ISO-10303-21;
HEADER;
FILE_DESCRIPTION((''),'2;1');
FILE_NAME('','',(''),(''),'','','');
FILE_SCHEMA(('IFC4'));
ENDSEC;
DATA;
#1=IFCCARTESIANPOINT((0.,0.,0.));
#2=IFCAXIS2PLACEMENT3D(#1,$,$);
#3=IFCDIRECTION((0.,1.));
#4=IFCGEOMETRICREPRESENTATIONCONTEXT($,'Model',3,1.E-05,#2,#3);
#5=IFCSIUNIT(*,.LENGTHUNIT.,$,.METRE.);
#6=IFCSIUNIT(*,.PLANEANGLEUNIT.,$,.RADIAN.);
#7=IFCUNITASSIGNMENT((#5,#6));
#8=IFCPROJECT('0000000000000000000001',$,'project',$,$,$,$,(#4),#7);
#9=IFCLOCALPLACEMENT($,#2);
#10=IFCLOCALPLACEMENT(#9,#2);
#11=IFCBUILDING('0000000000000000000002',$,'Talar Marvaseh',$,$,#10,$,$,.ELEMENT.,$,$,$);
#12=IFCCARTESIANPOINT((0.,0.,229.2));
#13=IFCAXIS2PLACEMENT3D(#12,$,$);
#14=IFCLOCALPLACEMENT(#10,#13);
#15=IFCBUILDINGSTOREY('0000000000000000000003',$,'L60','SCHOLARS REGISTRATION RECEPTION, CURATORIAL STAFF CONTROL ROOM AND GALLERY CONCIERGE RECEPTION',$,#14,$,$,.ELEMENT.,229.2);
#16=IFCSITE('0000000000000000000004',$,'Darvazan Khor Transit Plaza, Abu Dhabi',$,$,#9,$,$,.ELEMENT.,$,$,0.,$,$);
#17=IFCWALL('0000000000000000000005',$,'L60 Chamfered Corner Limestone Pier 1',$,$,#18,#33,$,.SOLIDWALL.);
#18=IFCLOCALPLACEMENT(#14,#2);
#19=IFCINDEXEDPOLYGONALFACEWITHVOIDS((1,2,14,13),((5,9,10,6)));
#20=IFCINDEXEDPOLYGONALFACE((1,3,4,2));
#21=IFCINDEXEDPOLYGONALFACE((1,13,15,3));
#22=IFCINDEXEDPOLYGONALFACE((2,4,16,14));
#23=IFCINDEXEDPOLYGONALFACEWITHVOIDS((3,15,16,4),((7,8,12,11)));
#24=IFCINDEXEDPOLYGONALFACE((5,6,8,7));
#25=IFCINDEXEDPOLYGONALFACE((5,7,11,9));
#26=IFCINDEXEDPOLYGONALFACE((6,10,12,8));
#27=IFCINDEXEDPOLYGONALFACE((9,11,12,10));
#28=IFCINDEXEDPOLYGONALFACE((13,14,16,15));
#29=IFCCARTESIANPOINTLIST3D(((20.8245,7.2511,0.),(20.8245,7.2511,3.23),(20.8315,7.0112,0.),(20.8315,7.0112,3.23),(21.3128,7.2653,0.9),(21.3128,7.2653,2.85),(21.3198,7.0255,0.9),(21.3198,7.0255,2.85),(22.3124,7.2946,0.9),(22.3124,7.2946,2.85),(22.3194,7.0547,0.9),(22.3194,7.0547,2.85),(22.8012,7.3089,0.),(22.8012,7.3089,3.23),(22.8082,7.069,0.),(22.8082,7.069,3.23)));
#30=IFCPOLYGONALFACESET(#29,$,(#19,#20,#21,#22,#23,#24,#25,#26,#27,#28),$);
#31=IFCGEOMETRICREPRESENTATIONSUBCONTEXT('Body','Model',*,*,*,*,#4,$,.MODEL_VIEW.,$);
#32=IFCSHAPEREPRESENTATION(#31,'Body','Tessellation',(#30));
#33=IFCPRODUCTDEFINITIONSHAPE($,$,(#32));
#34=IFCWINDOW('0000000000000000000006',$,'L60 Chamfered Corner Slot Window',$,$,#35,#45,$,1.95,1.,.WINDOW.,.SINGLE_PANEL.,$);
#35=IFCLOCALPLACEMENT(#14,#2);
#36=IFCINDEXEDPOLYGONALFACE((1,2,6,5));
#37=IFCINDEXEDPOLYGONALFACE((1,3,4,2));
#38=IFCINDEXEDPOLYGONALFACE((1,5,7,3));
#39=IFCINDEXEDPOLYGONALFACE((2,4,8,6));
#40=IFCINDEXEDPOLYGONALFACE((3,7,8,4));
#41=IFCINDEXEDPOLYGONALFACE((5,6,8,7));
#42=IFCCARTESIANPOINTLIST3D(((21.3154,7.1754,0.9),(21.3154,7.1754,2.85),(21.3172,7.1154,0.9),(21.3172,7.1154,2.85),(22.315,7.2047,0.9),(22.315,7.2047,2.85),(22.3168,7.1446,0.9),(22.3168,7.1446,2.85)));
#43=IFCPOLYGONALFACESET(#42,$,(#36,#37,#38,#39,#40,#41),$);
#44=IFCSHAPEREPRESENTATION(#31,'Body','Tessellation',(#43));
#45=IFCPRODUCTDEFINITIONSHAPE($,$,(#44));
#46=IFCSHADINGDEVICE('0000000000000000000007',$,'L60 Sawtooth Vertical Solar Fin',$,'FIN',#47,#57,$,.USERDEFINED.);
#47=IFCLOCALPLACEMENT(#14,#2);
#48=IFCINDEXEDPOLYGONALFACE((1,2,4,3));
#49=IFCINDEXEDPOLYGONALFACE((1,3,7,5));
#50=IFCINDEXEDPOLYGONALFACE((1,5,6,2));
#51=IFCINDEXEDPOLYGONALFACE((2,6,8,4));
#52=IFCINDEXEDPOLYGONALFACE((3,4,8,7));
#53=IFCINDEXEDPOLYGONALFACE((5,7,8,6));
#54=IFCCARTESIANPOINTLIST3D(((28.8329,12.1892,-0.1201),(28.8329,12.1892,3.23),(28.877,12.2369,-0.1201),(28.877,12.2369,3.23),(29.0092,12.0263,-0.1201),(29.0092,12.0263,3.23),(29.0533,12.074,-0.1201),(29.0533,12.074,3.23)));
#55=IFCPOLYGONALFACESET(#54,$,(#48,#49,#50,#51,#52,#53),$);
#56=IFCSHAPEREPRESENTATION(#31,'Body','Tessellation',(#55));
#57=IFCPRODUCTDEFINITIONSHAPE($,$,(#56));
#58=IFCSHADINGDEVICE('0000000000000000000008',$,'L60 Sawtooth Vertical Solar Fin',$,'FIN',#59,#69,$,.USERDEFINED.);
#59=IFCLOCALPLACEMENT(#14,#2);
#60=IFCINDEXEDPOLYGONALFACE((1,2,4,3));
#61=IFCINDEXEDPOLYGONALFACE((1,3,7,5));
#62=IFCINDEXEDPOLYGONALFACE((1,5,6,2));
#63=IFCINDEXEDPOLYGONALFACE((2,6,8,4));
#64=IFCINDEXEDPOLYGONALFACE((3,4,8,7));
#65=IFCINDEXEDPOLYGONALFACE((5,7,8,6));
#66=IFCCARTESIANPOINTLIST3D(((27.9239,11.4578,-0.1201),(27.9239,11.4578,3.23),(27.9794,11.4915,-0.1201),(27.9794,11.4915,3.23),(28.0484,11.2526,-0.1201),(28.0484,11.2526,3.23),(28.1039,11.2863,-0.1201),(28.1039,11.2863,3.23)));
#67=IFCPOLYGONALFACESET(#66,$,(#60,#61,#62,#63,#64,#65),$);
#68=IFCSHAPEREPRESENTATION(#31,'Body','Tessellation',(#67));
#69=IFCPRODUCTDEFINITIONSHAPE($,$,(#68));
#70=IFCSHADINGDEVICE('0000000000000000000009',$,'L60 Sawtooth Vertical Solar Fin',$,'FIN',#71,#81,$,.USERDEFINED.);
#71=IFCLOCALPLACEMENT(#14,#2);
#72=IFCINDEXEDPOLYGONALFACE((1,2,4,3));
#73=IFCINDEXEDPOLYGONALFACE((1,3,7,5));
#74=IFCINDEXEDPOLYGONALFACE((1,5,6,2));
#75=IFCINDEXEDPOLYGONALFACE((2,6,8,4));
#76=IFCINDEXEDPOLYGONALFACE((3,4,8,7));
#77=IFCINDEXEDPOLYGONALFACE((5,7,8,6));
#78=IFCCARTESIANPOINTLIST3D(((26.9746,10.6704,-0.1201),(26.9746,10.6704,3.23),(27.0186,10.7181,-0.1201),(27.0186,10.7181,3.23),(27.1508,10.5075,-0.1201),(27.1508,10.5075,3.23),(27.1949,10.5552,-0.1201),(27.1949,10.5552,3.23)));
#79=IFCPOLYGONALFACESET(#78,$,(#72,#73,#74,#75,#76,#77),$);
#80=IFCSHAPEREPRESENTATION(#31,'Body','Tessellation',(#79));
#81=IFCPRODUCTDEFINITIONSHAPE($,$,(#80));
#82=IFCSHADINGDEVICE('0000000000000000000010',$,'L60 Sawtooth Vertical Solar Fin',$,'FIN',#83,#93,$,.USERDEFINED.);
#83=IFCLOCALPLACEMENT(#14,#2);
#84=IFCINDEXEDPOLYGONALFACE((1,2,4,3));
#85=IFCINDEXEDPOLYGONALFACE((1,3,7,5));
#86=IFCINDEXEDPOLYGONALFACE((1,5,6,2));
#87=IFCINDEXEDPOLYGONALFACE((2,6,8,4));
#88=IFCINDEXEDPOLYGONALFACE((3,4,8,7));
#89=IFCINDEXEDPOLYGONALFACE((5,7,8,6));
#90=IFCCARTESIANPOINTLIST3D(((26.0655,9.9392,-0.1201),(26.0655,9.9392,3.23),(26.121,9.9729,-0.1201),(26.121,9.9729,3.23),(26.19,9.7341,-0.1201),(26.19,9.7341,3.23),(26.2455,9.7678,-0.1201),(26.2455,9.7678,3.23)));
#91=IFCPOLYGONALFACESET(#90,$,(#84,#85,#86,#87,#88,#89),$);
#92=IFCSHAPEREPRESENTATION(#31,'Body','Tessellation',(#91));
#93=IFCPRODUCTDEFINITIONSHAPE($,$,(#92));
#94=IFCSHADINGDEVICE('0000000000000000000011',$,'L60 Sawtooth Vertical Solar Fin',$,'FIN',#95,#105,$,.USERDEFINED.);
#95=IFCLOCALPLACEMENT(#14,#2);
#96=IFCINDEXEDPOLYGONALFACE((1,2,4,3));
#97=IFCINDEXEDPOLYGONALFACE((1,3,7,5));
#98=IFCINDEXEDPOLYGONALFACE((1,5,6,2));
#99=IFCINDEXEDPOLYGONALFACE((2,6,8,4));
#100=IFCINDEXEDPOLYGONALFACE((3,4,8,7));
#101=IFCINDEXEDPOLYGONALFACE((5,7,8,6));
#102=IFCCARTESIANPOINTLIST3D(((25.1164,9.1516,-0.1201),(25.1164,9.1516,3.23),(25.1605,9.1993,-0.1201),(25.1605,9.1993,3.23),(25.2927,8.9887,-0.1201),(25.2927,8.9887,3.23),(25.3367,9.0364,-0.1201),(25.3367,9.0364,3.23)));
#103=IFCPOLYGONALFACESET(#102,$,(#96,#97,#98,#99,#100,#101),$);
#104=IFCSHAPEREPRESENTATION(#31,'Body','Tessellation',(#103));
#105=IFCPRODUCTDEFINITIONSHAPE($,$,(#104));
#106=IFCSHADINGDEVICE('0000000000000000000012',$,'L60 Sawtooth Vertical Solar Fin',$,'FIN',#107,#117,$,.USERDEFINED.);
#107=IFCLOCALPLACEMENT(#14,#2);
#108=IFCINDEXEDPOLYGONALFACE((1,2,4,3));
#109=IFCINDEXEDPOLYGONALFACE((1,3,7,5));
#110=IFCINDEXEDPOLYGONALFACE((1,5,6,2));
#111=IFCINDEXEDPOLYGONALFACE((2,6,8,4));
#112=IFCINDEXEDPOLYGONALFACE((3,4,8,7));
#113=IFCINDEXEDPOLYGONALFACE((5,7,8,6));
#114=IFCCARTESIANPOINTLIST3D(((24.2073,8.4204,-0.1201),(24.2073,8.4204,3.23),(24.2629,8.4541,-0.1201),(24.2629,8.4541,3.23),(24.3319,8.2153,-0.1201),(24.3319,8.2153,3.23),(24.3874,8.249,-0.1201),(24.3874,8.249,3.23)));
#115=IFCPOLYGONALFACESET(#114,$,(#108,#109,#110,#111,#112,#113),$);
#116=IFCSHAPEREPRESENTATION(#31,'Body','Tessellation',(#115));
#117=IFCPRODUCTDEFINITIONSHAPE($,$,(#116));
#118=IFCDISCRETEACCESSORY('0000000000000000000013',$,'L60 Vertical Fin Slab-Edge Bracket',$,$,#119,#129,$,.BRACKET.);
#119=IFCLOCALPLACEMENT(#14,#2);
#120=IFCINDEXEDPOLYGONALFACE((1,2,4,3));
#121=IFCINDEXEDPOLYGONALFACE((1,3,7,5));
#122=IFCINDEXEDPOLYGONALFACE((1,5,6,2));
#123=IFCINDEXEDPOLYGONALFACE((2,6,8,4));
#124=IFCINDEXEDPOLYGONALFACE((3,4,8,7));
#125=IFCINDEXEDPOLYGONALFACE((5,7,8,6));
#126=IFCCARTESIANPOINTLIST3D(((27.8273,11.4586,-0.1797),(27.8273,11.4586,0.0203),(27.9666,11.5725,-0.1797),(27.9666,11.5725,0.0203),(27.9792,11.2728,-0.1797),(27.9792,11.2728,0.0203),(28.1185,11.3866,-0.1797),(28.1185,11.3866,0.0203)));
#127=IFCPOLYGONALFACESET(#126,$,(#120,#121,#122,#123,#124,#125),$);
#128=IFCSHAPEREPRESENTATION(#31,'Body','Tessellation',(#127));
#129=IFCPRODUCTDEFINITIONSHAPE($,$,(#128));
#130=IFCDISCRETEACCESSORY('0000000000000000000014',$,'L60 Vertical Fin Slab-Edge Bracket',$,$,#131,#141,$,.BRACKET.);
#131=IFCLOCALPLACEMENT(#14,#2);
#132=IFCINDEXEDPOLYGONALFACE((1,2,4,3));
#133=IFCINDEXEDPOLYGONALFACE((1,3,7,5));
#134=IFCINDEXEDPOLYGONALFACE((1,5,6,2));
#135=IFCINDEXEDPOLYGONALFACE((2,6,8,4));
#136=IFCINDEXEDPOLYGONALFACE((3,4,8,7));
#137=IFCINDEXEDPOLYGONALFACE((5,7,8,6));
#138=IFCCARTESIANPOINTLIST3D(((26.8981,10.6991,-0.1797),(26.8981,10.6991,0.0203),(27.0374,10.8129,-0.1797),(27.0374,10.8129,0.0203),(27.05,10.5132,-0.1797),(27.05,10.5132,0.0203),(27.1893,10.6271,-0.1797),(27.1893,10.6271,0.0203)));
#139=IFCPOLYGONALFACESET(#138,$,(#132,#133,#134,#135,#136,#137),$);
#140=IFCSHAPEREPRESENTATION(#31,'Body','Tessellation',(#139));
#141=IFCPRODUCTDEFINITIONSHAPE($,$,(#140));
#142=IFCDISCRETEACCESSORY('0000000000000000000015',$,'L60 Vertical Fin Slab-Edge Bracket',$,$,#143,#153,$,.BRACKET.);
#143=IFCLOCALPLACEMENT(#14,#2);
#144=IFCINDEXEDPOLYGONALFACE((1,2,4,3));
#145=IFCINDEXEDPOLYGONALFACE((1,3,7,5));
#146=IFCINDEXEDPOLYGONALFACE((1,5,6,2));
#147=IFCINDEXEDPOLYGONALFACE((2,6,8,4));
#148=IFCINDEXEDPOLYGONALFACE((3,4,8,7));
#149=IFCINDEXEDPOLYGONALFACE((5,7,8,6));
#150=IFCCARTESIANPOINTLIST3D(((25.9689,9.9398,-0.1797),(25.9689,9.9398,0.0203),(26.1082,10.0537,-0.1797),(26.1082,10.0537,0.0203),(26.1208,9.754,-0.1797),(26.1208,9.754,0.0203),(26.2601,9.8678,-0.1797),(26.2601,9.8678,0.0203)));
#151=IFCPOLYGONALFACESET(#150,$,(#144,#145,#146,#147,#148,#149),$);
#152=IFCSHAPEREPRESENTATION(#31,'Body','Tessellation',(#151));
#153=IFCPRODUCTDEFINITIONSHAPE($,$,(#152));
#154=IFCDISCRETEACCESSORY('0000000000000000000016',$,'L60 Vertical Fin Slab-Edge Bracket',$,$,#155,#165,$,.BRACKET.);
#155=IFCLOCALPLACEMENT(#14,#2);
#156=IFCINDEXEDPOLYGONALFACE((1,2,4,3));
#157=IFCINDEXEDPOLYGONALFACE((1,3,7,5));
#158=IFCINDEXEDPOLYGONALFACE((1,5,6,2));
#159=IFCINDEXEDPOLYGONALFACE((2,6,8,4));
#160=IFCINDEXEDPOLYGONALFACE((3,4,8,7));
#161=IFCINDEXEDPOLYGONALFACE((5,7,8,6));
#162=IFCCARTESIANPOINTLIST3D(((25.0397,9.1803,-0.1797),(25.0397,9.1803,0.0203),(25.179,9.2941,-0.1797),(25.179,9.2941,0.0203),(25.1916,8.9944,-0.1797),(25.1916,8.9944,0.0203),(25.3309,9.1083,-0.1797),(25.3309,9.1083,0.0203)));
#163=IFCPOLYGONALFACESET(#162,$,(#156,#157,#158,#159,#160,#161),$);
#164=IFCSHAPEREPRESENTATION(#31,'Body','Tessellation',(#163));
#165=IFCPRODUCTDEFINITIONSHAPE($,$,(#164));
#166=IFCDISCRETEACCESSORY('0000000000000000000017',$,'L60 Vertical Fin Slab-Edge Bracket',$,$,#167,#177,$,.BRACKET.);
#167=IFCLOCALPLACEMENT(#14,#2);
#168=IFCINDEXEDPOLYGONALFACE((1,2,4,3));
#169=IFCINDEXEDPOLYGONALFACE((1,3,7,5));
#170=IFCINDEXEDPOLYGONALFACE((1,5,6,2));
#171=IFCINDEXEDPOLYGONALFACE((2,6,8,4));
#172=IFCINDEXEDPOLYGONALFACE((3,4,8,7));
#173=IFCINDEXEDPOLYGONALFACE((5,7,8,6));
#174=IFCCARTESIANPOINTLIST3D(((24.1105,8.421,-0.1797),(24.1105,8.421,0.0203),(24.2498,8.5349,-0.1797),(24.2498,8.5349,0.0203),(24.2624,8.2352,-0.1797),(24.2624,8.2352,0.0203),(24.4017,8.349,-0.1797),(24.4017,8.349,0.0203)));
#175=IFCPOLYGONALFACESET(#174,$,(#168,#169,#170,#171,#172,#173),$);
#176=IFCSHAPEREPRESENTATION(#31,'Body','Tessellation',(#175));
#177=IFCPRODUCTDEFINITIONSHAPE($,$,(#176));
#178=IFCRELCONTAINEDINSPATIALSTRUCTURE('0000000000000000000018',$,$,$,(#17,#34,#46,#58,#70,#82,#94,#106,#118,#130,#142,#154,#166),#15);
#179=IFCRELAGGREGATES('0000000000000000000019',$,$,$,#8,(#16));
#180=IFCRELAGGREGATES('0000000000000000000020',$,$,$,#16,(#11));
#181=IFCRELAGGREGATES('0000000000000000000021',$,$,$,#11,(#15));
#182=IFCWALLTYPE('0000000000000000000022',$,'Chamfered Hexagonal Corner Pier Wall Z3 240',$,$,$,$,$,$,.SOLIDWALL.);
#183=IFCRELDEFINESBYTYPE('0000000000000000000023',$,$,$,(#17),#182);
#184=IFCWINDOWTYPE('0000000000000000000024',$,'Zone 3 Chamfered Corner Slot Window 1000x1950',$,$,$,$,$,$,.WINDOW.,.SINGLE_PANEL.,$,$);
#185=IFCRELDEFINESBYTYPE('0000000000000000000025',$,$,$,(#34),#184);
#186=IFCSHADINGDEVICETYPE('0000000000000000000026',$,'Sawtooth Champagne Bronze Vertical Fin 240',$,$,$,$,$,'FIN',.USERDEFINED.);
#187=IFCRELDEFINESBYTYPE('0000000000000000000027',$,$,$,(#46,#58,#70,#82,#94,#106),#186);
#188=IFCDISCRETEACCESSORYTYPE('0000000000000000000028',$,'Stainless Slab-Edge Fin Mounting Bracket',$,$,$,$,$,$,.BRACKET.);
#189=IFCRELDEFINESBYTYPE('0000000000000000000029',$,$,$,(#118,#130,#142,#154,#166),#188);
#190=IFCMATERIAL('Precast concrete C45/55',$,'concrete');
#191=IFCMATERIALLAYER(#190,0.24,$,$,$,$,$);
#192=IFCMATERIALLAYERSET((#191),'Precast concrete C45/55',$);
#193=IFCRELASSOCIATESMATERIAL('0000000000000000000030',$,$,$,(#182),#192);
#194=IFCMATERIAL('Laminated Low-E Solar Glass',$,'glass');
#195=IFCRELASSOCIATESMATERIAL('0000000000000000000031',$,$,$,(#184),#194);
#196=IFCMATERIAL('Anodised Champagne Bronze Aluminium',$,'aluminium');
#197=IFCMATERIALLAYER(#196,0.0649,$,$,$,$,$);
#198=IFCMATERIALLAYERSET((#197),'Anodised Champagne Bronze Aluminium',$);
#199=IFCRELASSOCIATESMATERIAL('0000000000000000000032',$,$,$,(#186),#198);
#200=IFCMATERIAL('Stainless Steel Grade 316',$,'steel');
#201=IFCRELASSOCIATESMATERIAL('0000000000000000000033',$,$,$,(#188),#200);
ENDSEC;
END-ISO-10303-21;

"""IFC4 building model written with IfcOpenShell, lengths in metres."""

from ifc_helpers import new_model, si_unit, direction, frame, frame_2d, origin, origin_2d, place, context, subcontext, project, spatial, rectangle, extrude, source, transform, mapped, material, layer, layer_set, type_object, type_shapes, element, fill, save


model = new_model("IFC4")

# Units and contexts
model_context = context("Model", 3, precision=1e-05, world=origin(), true_north=direction((0.0, 1.0)))
body_context = subcontext(model_context, "Body", "Model", "MODEL_VIEW")
ifc_project = project(units=[si_unit("LENGTHUNIT", "METRE"), si_unit("PLANEANGLEUNIT", "RADIAN")], contexts=[model_context])

# Site, building, storey
site_placement = place(None, origin())
site = spatial("IfcSite", under=ifc_project, at=site_placement, Name="Darvazan Khor Transit Plaza, Abu Dhabi", CompositionType="ELEMENT", RefElevation=0.0)
building_placement = place(site_placement, origin())
building = spatial("IfcBuilding", under=site, at=building_placement, Name="Talar Marvaseh", CompositionType="ELEMENT")
storey_placement = place(building_placement, frame((0.0, 0.0, 229.2)))
storey = spatial("IfcBuildingStorey", under=building, at=storey_placement, Name="L60", Description="SCHOLARS REGISTRATION RECEPTION, CURATORIAL STAFF CONTROL ROOM AND GALLERY CONCIERGE RECEPTION", CompositionType="ELEMENT", Elevation=229.2)

# Shared definitions
ifc_material_1 = material(Name="Laminated Low-E Solar Glass", Category="glass")

# Wall, opening, window
ifc_material_2 = material(Name="Precast concrete C45/55", Category="concrete")
ifc_layer_1 = layer(ifc_material_2, 0.24)
ifc_layer_set_1 = layer_set([ifc_layer_1], Name="Precast concrete C45/55")
wall_type = type_object("IfcWallType", Name="Chamfered Hexagonal Corner Pier Wall Z3 240", PredefinedType="SOLIDWALL", material=ifc_layer_set_1)
wall_placement = place(storey_placement, frame((22.8047, 7.189, 0.0), z_axis=(0.0, 0.0, 1.0), x_axis=(-0.999572, -0.029258, 0.0)))
wall = element("IfcWall", 1, at=wall_placement, inside=storey, type_object=wall_type, Name="L60 Chamfered Corner Limestone Pier 1", PredefinedType="SOLIDWALL", context=body_context, shape_type="SweptSolid", body=[
    extrude(rectangle(XDim=1.9775, YDim=0.24, at=frame_2d((0.9888, 0.0))), origin(), (0.0, 0.0, 1.0), 3.23),
])
opening_placement = place(wall_placement, frame((0.489, 0.0, 0.8999)))
opening = element("IfcOpeningElement", 2, at=opening_placement, cuts=wall, PredefinedType="OPENING", context=body_context, shape_type="SweptSolid", body=[
    extrude(rectangle(XDim=1.0, YDim=1.95, at=frame_2d((0.5, 0.9751))), frame((0.0, 0.1299, 0.0), z_axis=(0.0, -1.0, 0.0), x_axis=(1.0, 0.0, 0.0)), (0.0, 0.0, 1.0), 0.26),
])
window_type = type_object("IfcWindowType", Name="Zone 3 Chamfered Corner Slot Window 1000x1950", PartitioningType="SINGLE_PANEL", PredefinedType="WINDOW", material=ifc_material_1)
shared_shape_1 = source(origin(), body_context, "Body", "SweptSolid", [
    extrude(rectangle(XDim=1.0, YDim=1.95, at=frame_2d((0.5, 0.9751))), frame((0.0, 0.03, 0.0), z_axis=(0.0, -1.0, 0.0), x_axis=(1.0, 0.0, 0.0)), (0.0, 0.0, 1.0), 0.0601),
])
type_shapes(window_type, [shared_shape_1])
window_placement = place(opening_placement, origin())
window = element("IfcWindow", 3, at=window_placement, inside=storey, type_object=window_type, Name="L60 Chamfered Corner Slot Window", OverallHeight=1.95, OverallWidth=1.0, PartitioningType="SINGLE_PANEL", PredefinedType="WINDOW", context=body_context, shape_type="MappedRepresentation", body=[
    mapped(shared_shape_1, transform((0.0, 0.0, 0.0), x_axis=(1.0, 0.0, 0.0), y_axis=(0.0, 1.0, 0.0), z_axis=(0.0, 0.0, 1.0), scale=1.0)),
])
fill(opening, window)

# Shading devices
ifc_material_3 = material(Name="Anodised Champagne Bronze Aluminium", Category="aluminium")
ifc_layer_2 = layer(ifc_material_3, 0.0649)
ifc_layer_set_2 = layer_set([ifc_layer_2], Name="Anodised Champagne Bronze Aluminium")
shading_device_type = type_object("IfcShadingDeviceType", Name="Sawtooth Champagne Bronze Vertical Fin 240", ElementType="FIN", PredefinedType="USERDEFINED", material=ifc_layer_set_2)
shared_shape_2 = source(origin(), body_context, "Body", "SweptSolid", [
    extrude(rectangle(XDim=0.24, YDim=0.0649, at=origin_2d()), origin(), (0.0, 0.0, 1.0), 3.3501),
])
type_shapes(shading_device_type, [shared_shape_2])
for number, where, z_axis, x_axis, name in (
    (4, (28.9431, 12.1316, -0.1201), (0.0, 0.0, 1.0), (0.734441, -0.678673, 0.0), "L60 Sawtooth Vertical Solar Fin"),
    (5, (28.0139, 11.3721, -0.1201), (0.0, 0.0, 1.0), (0.518922, -0.854821, 0.0), "L60 Sawtooth Vertical Solar Fin"),
    (6, (27.0847, 10.6128, -0.1201), (0.0, 0.0, 1.0), (0.734441, -0.678673, 0.0), "L60 Sawtooth Vertical Solar Fin"),
    (7, (26.1555, 9.8535, -0.1201), (0.0, 0.0, 1.0), (0.518922, -0.854821, 0.0), "L60 Sawtooth Vertical Solar Fin"),
    (8, (25.2266, 9.094, -0.1201), (0.0, 0.0, 1.0), (0.734441, -0.678673, 0.0), "L60 Sawtooth Vertical Solar Fin"),
    (9, (24.2974, 8.3347, -0.1201), (0.0, 0.0, 1.0), (0.518922, -0.854821, 0.0), "L60 Sawtooth Vertical Solar Fin"),
):
    element("IfcShadingDevice", number, at=place(storey_placement, frame(where, z_axis=z_axis, x_axis=x_axis)), inside=storey, type_object=shading_device_type, Name=name, ObjectType="FIN", PredefinedType="USERDEFINED", context=body_context, shape_type="MappedRepresentation", body=[
        mapped(shared_shape_2, transform((0.0, 0.0, 0.0), x_axis=(1.0, 0.0, 0.0), y_axis=(0.0, 1.0, 0.0), z_axis=(0.0, 0.0, 1.0), scale=1.0)),
    ])

# Discrete accessories
ifc_material_4 = material(Name="Stainless Steel Grade 316", Category="steel")
discrete_accessory_type = type_object("IfcDiscreteAccessoryType", Name="Stainless Slab-Edge Fin Mounting Bracket", PredefinedType="BRACKET", material=ifc_material_4)
shared_shape_3 = source(origin(), body_context, "Body", "SweptSolid", [
    extrude(rectangle(XDim=0.24, YDim=0.1799, at=origin_2d()), origin(), (0.0, 0.0, 1.0), 0.2),
])
type_shapes(discrete_accessory_type, [shared_shape_3])
for number, where, z_axis, x_axis, name in (
    (10, (27.9729, 11.4226, -0.1797), (0.0, 0.0, 1.0), (0.63284, -0.774282, 0.0), "L60 Vertical Fin Slab-Edge Bracket"),
    (11, (27.0437, 10.6631, -0.1797), (0.0, 0.0, 1.0), (0.63284, -0.774282, 0.0), "L60 Vertical Fin Slab-Edge Bracket"),
    (12, (26.1145, 9.9038, -0.1797), (0.0, 0.0, 1.0), (0.63284, -0.774282, 0.0), "L60 Vertical Fin Slab-Edge Bracket"),
    (13, (25.1853, 9.1443, -0.1797), (0.0, 0.0, 1.0), (0.63284, -0.774282, 0.0), "L60 Vertical Fin Slab-Edge Bracket"),
    (14, (24.2561, 8.385, -0.1797), (0.0, 0.0, 1.0), (0.63284, -0.774282, 0.0), "L60 Vertical Fin Slab-Edge Bracket"),
):
    element("IfcDiscreteAccessory", number, at=place(storey_placement, frame(where, z_axis=z_axis, x_axis=x_axis)), inside=storey, type_object=discrete_accessory_type, Name=name, PredefinedType="BRACKET", context=body_context, shape_type="MappedRepresentation", body=[
        mapped(shared_shape_3, transform((0.0, 0.0, 0.0), x_axis=(1.0, 0.0, 0.0), y_axis=(0.0, 1.0, 0.0), z_axis=(0.0, 0.0, 1.0), scale=1.0)),
    ])

save(model, "model.ifc")
